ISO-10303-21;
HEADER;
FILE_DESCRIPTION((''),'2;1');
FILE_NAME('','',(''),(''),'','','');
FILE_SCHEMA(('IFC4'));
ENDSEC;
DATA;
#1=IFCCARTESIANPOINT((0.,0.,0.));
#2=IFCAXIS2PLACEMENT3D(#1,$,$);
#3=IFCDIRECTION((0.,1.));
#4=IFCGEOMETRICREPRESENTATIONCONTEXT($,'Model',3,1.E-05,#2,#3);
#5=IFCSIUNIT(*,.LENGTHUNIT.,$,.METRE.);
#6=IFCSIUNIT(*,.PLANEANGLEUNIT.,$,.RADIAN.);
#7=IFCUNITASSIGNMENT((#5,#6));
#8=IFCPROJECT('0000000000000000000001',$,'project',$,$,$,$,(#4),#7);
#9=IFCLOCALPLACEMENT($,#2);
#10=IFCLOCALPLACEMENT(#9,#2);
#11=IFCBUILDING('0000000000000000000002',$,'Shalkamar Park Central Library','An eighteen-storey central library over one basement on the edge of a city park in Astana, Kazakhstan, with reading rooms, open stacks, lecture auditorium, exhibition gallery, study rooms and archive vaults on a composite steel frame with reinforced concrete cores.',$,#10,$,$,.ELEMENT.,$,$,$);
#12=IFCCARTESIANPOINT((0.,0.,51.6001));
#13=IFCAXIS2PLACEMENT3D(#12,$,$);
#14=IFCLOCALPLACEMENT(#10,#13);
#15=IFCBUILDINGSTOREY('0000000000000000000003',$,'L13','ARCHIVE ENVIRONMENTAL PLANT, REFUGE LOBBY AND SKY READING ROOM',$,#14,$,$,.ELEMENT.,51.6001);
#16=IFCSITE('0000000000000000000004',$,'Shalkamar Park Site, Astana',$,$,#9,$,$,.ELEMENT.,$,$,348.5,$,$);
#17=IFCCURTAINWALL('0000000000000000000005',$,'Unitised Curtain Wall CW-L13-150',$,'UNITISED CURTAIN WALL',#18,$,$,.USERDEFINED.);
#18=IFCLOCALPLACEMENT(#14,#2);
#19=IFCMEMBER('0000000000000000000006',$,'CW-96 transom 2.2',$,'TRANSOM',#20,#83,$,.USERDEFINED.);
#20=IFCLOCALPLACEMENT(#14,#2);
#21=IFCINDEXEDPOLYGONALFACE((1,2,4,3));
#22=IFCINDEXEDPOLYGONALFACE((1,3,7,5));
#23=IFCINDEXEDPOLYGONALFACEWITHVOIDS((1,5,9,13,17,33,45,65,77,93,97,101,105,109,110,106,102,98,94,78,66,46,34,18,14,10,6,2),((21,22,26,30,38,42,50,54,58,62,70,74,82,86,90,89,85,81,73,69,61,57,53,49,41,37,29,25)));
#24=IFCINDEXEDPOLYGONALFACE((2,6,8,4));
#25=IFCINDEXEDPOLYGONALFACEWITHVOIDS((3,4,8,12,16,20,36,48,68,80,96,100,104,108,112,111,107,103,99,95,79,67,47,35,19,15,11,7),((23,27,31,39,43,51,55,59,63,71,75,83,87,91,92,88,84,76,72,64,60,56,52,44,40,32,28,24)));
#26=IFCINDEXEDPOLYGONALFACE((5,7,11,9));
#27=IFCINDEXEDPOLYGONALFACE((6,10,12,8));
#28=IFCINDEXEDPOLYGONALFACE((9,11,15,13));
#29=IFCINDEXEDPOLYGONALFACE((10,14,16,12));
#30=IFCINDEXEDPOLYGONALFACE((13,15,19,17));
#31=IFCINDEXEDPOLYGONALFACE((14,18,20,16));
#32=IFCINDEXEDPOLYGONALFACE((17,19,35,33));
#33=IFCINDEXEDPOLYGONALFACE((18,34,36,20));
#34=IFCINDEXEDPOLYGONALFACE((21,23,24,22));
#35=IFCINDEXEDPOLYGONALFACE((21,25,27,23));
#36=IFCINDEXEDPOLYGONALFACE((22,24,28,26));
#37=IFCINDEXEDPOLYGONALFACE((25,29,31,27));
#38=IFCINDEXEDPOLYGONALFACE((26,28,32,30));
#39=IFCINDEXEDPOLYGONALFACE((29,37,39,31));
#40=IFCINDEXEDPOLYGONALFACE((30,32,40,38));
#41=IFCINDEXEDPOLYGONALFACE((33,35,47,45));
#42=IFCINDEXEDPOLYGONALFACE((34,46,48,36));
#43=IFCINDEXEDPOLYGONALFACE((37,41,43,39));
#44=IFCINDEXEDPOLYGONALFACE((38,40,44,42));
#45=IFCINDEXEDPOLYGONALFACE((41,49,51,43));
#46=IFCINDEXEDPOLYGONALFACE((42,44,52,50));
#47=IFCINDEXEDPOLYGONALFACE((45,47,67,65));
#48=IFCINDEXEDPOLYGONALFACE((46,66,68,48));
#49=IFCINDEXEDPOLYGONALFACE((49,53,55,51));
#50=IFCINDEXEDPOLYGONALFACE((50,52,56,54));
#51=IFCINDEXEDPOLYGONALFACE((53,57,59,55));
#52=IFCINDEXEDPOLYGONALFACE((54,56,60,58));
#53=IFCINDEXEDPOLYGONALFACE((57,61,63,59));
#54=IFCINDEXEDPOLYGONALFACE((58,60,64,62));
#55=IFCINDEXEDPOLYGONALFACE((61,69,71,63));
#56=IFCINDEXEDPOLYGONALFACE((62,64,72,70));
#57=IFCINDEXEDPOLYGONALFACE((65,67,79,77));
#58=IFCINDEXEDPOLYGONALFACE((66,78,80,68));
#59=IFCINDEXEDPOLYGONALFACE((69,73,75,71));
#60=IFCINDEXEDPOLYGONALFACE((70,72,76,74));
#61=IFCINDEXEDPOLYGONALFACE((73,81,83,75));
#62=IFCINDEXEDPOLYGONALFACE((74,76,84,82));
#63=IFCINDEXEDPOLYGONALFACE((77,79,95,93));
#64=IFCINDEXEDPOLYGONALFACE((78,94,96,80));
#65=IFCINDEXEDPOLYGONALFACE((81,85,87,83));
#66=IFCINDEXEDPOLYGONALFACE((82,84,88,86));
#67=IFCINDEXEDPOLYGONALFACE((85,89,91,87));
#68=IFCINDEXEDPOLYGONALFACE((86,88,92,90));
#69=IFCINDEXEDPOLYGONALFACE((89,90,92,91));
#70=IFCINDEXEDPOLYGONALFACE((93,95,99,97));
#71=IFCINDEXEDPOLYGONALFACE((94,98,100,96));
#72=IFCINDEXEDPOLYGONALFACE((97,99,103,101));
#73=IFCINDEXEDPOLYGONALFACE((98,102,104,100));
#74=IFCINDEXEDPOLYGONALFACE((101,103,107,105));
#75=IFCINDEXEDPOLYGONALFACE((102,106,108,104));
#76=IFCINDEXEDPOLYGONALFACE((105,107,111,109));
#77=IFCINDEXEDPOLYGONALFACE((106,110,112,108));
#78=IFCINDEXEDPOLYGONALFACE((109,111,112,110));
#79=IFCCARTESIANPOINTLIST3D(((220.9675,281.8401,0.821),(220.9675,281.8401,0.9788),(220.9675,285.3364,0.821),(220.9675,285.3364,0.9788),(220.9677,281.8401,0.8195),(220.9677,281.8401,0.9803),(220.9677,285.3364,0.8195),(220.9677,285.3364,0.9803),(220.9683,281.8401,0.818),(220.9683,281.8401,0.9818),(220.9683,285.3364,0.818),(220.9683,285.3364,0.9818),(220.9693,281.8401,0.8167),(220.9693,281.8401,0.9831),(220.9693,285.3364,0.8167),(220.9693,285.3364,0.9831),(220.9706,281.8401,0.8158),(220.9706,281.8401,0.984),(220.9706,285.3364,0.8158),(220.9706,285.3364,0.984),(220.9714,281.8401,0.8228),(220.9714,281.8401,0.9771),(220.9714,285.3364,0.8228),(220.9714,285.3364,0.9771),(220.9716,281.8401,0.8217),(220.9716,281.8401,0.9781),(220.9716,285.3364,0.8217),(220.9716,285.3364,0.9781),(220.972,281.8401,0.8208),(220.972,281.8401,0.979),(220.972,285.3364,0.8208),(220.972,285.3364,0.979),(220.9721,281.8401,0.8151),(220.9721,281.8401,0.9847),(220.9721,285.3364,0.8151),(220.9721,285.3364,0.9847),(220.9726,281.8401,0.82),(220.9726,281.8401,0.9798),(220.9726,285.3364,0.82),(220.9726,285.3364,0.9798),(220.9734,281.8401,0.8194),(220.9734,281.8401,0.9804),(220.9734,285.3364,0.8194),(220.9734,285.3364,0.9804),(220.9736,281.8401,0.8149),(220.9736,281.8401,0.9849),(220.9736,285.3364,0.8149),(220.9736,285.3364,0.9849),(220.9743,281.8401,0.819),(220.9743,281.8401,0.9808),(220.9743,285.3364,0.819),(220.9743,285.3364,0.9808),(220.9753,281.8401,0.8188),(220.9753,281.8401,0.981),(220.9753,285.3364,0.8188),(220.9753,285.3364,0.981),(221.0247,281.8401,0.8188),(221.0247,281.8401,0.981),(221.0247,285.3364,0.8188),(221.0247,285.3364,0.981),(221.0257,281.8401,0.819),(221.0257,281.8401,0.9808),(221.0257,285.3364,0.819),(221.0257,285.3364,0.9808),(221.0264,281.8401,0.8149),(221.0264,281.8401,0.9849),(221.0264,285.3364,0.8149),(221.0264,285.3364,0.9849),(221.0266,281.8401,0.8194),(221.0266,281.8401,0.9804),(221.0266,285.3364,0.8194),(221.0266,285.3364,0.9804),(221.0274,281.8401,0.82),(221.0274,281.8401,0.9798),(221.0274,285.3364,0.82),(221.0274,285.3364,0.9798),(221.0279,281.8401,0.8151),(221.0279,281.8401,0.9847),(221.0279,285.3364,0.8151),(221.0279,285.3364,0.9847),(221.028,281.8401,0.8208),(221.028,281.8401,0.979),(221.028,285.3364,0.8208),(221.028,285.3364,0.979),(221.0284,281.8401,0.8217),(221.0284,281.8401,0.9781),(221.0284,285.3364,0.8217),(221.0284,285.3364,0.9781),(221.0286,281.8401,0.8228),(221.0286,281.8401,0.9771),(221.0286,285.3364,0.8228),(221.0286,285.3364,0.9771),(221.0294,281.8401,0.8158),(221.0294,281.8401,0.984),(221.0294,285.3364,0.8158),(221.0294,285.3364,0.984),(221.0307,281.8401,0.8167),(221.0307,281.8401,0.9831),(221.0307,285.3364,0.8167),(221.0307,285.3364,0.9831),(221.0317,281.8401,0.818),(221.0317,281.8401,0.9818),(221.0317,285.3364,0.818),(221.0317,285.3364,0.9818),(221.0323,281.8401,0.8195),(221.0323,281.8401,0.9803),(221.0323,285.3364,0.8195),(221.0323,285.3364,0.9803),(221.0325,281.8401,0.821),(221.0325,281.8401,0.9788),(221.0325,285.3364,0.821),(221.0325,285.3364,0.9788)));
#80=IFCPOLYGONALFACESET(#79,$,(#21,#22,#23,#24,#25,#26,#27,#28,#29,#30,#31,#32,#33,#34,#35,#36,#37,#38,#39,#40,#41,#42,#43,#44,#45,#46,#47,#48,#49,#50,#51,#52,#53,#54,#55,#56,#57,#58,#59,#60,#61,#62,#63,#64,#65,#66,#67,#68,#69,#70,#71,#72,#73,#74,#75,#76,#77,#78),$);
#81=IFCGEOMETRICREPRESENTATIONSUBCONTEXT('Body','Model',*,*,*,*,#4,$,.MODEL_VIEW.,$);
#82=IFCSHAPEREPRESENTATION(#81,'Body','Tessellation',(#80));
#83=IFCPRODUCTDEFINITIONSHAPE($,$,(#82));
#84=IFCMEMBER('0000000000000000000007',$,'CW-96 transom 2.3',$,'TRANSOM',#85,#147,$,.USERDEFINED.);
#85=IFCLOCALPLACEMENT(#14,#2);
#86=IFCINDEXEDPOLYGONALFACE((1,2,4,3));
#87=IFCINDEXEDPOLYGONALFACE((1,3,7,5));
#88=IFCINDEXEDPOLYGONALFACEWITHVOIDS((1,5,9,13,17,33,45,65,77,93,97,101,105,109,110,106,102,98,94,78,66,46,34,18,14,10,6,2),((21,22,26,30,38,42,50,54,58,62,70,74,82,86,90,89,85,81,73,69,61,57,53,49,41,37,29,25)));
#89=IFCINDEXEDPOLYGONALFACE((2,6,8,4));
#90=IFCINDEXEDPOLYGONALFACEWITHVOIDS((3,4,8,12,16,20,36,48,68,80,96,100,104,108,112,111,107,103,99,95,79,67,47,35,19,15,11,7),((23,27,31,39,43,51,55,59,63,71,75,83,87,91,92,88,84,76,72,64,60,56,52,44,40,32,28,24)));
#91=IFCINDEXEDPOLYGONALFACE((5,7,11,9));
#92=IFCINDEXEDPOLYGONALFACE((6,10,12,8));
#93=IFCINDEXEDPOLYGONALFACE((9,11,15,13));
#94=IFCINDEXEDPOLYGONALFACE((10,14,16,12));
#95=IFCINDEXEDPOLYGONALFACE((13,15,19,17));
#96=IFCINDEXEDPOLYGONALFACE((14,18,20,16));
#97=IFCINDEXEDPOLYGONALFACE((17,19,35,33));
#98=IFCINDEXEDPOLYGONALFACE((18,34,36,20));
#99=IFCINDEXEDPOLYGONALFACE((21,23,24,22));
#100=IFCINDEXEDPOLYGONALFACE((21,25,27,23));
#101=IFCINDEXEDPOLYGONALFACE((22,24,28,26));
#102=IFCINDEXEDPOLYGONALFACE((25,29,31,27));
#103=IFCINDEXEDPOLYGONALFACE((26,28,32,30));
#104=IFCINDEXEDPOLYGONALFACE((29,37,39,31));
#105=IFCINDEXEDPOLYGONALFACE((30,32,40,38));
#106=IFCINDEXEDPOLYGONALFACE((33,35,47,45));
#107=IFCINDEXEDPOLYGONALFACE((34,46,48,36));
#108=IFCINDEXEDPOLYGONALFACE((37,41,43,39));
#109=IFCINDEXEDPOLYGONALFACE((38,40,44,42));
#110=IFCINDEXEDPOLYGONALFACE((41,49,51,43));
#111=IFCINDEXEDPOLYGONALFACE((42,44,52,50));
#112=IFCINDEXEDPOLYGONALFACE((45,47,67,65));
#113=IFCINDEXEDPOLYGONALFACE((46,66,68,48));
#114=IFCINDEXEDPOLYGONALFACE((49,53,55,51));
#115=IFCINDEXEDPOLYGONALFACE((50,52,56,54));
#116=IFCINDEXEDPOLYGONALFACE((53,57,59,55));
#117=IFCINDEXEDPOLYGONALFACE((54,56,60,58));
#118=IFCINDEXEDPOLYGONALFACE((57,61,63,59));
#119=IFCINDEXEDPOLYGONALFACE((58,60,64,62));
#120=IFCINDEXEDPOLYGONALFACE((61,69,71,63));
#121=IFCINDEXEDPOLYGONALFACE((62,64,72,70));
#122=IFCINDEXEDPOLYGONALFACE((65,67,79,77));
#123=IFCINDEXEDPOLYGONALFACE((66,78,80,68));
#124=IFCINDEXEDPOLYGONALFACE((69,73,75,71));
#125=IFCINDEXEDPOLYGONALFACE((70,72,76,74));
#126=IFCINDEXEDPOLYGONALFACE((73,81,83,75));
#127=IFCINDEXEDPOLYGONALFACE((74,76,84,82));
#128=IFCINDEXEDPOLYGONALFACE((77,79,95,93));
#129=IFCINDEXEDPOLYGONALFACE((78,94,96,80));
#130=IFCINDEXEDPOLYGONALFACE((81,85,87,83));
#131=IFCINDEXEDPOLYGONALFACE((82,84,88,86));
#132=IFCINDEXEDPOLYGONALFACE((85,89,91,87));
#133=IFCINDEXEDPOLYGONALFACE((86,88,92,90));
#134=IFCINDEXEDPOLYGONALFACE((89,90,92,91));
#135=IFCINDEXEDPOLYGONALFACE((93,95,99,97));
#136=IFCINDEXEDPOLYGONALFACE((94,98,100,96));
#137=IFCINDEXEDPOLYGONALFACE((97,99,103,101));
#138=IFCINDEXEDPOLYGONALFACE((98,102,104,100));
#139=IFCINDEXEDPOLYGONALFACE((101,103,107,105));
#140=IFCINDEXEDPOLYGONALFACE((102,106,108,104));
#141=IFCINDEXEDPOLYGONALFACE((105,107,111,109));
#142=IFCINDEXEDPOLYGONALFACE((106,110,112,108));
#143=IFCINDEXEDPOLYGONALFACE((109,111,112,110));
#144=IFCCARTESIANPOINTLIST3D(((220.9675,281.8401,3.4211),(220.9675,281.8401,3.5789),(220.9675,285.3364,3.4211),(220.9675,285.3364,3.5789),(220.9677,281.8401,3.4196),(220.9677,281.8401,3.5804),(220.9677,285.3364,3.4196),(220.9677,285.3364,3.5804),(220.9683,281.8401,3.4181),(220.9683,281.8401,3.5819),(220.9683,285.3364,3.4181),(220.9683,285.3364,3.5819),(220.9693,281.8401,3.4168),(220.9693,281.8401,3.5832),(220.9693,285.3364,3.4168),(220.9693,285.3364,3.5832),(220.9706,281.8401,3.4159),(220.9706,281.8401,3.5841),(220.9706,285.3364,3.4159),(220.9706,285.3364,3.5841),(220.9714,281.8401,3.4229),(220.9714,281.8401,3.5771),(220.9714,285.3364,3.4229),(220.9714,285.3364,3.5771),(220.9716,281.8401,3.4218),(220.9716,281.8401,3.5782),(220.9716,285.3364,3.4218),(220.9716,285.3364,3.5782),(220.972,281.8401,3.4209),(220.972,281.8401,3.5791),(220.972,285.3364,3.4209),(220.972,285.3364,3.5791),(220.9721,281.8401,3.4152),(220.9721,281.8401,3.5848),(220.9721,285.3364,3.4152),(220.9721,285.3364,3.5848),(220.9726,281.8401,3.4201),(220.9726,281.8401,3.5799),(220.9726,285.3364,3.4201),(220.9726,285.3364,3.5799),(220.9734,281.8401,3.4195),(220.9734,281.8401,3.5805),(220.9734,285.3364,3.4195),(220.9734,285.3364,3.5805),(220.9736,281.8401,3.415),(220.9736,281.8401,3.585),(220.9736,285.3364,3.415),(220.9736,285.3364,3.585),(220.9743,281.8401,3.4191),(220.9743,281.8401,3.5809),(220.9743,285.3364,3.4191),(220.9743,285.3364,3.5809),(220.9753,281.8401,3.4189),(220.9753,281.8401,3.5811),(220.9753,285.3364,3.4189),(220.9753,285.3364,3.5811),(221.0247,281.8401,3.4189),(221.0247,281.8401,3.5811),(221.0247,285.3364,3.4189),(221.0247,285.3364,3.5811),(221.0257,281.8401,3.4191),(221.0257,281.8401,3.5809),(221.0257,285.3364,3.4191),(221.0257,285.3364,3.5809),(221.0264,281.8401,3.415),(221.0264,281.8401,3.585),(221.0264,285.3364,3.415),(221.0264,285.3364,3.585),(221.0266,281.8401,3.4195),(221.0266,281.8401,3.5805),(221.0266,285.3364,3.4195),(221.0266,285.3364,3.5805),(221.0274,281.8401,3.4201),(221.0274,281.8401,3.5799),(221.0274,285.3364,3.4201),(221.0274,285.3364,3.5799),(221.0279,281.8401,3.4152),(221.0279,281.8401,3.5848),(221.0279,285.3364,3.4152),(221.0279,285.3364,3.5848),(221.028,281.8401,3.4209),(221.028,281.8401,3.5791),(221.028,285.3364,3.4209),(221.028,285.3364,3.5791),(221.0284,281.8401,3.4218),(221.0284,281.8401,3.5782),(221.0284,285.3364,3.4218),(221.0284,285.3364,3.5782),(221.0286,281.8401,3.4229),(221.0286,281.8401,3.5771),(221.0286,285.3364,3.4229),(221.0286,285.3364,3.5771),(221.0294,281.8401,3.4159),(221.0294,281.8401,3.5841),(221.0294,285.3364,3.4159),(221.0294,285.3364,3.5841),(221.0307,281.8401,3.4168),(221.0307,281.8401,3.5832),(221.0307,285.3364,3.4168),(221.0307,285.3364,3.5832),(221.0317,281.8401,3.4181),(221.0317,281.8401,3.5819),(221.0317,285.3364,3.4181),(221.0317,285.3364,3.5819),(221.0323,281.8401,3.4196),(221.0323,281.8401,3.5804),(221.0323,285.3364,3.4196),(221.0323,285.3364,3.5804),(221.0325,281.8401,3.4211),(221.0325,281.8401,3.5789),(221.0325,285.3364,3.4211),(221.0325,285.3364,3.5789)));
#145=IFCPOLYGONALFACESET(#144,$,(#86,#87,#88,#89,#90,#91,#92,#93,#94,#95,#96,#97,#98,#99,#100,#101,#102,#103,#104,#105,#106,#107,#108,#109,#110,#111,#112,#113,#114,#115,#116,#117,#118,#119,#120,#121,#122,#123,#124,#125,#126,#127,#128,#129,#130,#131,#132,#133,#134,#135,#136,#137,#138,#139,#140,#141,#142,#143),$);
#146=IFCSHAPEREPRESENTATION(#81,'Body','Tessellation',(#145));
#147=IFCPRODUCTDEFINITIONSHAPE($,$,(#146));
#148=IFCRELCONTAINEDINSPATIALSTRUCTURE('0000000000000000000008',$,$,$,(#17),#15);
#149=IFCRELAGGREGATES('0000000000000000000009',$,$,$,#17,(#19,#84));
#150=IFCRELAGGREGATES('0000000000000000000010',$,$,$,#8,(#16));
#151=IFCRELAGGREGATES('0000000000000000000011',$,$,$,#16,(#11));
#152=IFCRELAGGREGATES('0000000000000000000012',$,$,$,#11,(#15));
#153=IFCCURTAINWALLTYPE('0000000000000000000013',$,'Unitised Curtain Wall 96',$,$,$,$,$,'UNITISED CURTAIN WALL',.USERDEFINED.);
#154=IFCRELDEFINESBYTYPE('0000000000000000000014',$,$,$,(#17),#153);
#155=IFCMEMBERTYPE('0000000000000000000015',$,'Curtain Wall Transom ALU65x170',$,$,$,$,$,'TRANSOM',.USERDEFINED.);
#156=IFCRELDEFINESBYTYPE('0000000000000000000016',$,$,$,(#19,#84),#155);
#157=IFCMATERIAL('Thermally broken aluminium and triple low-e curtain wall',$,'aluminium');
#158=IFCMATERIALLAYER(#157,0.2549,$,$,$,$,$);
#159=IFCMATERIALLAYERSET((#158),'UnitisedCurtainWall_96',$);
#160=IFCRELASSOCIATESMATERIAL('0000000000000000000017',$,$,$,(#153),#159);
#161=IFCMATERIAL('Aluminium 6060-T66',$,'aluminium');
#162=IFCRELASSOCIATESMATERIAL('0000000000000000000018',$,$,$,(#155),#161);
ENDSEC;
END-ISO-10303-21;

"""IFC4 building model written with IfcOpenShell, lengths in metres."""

from ifc_helpers import new_model, si_unit, direction, frame, origin, origin_2d, place, context, subcontext, project, spatial, hollow_rectangle, extrude, material, layer, layer_set, material_profile, profile_set, type_object, element, aggregate, save


model = new_model("IFC4")

# Units and contexts
model_context = context("Model", 3, precision=1e-05, world=origin(), true_north=direction((0.0, 1.0)))
body_context = subcontext(model_context, "Body", "Model", "MODEL_VIEW")
ifc_project = project(units=[si_unit("LENGTHUNIT", "METRE"), si_unit("PLANEANGLEUNIT", "RADIAN")], contexts=[model_context])

# Site, building, storey
site_placement = place(None, origin())
site = spatial("IfcSite", under=ifc_project, at=site_placement, Name="Shalkamar Park Site, Astana", CompositionType="ELEMENT", RefElevation=348.5)
building_placement = place(site_placement, origin())
building = spatial("IfcBuilding", under=site, at=building_placement, Name="Shalkamar Park Central Library", Description="An eighteen-storey central library over one basement on the edge of a city park in Astana, Kazakhstan, with reading rooms, open stacks, lecture auditorium, exhibition gallery, study rooms and archive vaults on a composite steel frame with reinforced concrete cores.", CompositionType="ELEMENT")
storey_placement = place(building_placement, frame((0.0, 0.0, 51.6001)))
storey = spatial("IfcBuildingStorey", under=building, at=storey_placement, Name="L13", Description="ARCHIVE ENVIRONMENTAL PLANT, REFUGE LOBBY AND SKY READING ROOM", CompositionType="ELEMENT", Elevation=51.6001)

# Curtain wall, members
ifc_material_1 = material(Name="Thermally broken aluminium and triple low-e curtain wall", Category="aluminium")
ifc_layer_1 = layer(ifc_material_1, 0.2549)
ifc_layer_set_1 = layer_set([ifc_layer_1], Name="UnitisedCurtainWall_96")
curtain_wall_type = type_object("IfcCurtainWallType", Name="Unitised Curtain Wall 96", ElementType="UNITISED CURTAIN WALL", PredefinedType="USERDEFINED", material=ifc_layer_set_1)
curtain_wall_placement = place(storey_placement, origin())
curtain_wall = element("IfcCurtainWall", 1, at=curtain_wall_placement, inside=storey, type_object=curtain_wall_type, Name="Unitised Curtain Wall CW-L13-150", ObjectType="UNITISED CURTAIN WALL", PredefinedType="USERDEFINED")
ifc_material_2 = material(Name="Aluminium 6060-T66", Category="aluminium")
ifc_material_profile_1 = material_profile(ifc_material_2, hollow_rectangle(XDim=0.0649, YDim=0.1699, WallThickness=0.0039, InnerFilletRadius=0.0039, OuterFilletRadius=0.0061, at=origin_2d()), Name="ALU 65x170x4")
ifc_profile_set_1 = profile_set([ifc_material_profile_1], Name="Aluminium 6060-T66")
member_type_1 = type_object("IfcMemberType", Name="Curtain Wall Transom ALU65x170", ElementType="TRANSOM", PredefinedType="USERDEFINED", material=ifc_profile_set_1)
member_1_placement = place(storey_placement, frame((221.0, 281.8401, 0.8999), z_axis=(0.0, 1.0, 0.0), x_axis=(-1.0, 0.0, 0.0)))
member_1 = element("IfcMember", 2, at=member_1_placement, type_object=member_type_1, Name="CW-96 transom 2.2", ObjectType="TRANSOM", PredefinedType="USERDEFINED", context=body_context, shape_type="SweptSolid", body=[
    extrude(hollow_rectangle(XDim=0.0649, YDim=0.1699, WallThickness=0.0039, InnerFilletRadius=0.0039, OuterFilletRadius=0.0061, at=origin_2d()), origin(), (0.0, 0.0, 1.0), 3.4963),
])
member_2_placement = place(storey_placement, frame((221.0, 281.8401, 3.5), z_axis=(0.0, 1.0, 0.0), x_axis=(-1.0, 0.0, 0.0)))
member_2 = element("IfcMember", 3, at=member_2_placement, type_object=member_type_1, Name="CW-96 transom 2.3", ObjectType="TRANSOM", PredefinedType="USERDEFINED", context=body_context, shape_type="SweptSolid", body=[
    extrude(hollow_rectangle(XDim=0.0649, YDim=0.1699, WallThickness=0.0039, InnerFilletRadius=0.0039, OuterFilletRadius=0.0061, at=origin_2d()), origin(), (0.0, 0.0, 1.0), 3.4963),
])

aggregate(curtain_wall, [member_1, member_2])

save(model, "model.ifc")
